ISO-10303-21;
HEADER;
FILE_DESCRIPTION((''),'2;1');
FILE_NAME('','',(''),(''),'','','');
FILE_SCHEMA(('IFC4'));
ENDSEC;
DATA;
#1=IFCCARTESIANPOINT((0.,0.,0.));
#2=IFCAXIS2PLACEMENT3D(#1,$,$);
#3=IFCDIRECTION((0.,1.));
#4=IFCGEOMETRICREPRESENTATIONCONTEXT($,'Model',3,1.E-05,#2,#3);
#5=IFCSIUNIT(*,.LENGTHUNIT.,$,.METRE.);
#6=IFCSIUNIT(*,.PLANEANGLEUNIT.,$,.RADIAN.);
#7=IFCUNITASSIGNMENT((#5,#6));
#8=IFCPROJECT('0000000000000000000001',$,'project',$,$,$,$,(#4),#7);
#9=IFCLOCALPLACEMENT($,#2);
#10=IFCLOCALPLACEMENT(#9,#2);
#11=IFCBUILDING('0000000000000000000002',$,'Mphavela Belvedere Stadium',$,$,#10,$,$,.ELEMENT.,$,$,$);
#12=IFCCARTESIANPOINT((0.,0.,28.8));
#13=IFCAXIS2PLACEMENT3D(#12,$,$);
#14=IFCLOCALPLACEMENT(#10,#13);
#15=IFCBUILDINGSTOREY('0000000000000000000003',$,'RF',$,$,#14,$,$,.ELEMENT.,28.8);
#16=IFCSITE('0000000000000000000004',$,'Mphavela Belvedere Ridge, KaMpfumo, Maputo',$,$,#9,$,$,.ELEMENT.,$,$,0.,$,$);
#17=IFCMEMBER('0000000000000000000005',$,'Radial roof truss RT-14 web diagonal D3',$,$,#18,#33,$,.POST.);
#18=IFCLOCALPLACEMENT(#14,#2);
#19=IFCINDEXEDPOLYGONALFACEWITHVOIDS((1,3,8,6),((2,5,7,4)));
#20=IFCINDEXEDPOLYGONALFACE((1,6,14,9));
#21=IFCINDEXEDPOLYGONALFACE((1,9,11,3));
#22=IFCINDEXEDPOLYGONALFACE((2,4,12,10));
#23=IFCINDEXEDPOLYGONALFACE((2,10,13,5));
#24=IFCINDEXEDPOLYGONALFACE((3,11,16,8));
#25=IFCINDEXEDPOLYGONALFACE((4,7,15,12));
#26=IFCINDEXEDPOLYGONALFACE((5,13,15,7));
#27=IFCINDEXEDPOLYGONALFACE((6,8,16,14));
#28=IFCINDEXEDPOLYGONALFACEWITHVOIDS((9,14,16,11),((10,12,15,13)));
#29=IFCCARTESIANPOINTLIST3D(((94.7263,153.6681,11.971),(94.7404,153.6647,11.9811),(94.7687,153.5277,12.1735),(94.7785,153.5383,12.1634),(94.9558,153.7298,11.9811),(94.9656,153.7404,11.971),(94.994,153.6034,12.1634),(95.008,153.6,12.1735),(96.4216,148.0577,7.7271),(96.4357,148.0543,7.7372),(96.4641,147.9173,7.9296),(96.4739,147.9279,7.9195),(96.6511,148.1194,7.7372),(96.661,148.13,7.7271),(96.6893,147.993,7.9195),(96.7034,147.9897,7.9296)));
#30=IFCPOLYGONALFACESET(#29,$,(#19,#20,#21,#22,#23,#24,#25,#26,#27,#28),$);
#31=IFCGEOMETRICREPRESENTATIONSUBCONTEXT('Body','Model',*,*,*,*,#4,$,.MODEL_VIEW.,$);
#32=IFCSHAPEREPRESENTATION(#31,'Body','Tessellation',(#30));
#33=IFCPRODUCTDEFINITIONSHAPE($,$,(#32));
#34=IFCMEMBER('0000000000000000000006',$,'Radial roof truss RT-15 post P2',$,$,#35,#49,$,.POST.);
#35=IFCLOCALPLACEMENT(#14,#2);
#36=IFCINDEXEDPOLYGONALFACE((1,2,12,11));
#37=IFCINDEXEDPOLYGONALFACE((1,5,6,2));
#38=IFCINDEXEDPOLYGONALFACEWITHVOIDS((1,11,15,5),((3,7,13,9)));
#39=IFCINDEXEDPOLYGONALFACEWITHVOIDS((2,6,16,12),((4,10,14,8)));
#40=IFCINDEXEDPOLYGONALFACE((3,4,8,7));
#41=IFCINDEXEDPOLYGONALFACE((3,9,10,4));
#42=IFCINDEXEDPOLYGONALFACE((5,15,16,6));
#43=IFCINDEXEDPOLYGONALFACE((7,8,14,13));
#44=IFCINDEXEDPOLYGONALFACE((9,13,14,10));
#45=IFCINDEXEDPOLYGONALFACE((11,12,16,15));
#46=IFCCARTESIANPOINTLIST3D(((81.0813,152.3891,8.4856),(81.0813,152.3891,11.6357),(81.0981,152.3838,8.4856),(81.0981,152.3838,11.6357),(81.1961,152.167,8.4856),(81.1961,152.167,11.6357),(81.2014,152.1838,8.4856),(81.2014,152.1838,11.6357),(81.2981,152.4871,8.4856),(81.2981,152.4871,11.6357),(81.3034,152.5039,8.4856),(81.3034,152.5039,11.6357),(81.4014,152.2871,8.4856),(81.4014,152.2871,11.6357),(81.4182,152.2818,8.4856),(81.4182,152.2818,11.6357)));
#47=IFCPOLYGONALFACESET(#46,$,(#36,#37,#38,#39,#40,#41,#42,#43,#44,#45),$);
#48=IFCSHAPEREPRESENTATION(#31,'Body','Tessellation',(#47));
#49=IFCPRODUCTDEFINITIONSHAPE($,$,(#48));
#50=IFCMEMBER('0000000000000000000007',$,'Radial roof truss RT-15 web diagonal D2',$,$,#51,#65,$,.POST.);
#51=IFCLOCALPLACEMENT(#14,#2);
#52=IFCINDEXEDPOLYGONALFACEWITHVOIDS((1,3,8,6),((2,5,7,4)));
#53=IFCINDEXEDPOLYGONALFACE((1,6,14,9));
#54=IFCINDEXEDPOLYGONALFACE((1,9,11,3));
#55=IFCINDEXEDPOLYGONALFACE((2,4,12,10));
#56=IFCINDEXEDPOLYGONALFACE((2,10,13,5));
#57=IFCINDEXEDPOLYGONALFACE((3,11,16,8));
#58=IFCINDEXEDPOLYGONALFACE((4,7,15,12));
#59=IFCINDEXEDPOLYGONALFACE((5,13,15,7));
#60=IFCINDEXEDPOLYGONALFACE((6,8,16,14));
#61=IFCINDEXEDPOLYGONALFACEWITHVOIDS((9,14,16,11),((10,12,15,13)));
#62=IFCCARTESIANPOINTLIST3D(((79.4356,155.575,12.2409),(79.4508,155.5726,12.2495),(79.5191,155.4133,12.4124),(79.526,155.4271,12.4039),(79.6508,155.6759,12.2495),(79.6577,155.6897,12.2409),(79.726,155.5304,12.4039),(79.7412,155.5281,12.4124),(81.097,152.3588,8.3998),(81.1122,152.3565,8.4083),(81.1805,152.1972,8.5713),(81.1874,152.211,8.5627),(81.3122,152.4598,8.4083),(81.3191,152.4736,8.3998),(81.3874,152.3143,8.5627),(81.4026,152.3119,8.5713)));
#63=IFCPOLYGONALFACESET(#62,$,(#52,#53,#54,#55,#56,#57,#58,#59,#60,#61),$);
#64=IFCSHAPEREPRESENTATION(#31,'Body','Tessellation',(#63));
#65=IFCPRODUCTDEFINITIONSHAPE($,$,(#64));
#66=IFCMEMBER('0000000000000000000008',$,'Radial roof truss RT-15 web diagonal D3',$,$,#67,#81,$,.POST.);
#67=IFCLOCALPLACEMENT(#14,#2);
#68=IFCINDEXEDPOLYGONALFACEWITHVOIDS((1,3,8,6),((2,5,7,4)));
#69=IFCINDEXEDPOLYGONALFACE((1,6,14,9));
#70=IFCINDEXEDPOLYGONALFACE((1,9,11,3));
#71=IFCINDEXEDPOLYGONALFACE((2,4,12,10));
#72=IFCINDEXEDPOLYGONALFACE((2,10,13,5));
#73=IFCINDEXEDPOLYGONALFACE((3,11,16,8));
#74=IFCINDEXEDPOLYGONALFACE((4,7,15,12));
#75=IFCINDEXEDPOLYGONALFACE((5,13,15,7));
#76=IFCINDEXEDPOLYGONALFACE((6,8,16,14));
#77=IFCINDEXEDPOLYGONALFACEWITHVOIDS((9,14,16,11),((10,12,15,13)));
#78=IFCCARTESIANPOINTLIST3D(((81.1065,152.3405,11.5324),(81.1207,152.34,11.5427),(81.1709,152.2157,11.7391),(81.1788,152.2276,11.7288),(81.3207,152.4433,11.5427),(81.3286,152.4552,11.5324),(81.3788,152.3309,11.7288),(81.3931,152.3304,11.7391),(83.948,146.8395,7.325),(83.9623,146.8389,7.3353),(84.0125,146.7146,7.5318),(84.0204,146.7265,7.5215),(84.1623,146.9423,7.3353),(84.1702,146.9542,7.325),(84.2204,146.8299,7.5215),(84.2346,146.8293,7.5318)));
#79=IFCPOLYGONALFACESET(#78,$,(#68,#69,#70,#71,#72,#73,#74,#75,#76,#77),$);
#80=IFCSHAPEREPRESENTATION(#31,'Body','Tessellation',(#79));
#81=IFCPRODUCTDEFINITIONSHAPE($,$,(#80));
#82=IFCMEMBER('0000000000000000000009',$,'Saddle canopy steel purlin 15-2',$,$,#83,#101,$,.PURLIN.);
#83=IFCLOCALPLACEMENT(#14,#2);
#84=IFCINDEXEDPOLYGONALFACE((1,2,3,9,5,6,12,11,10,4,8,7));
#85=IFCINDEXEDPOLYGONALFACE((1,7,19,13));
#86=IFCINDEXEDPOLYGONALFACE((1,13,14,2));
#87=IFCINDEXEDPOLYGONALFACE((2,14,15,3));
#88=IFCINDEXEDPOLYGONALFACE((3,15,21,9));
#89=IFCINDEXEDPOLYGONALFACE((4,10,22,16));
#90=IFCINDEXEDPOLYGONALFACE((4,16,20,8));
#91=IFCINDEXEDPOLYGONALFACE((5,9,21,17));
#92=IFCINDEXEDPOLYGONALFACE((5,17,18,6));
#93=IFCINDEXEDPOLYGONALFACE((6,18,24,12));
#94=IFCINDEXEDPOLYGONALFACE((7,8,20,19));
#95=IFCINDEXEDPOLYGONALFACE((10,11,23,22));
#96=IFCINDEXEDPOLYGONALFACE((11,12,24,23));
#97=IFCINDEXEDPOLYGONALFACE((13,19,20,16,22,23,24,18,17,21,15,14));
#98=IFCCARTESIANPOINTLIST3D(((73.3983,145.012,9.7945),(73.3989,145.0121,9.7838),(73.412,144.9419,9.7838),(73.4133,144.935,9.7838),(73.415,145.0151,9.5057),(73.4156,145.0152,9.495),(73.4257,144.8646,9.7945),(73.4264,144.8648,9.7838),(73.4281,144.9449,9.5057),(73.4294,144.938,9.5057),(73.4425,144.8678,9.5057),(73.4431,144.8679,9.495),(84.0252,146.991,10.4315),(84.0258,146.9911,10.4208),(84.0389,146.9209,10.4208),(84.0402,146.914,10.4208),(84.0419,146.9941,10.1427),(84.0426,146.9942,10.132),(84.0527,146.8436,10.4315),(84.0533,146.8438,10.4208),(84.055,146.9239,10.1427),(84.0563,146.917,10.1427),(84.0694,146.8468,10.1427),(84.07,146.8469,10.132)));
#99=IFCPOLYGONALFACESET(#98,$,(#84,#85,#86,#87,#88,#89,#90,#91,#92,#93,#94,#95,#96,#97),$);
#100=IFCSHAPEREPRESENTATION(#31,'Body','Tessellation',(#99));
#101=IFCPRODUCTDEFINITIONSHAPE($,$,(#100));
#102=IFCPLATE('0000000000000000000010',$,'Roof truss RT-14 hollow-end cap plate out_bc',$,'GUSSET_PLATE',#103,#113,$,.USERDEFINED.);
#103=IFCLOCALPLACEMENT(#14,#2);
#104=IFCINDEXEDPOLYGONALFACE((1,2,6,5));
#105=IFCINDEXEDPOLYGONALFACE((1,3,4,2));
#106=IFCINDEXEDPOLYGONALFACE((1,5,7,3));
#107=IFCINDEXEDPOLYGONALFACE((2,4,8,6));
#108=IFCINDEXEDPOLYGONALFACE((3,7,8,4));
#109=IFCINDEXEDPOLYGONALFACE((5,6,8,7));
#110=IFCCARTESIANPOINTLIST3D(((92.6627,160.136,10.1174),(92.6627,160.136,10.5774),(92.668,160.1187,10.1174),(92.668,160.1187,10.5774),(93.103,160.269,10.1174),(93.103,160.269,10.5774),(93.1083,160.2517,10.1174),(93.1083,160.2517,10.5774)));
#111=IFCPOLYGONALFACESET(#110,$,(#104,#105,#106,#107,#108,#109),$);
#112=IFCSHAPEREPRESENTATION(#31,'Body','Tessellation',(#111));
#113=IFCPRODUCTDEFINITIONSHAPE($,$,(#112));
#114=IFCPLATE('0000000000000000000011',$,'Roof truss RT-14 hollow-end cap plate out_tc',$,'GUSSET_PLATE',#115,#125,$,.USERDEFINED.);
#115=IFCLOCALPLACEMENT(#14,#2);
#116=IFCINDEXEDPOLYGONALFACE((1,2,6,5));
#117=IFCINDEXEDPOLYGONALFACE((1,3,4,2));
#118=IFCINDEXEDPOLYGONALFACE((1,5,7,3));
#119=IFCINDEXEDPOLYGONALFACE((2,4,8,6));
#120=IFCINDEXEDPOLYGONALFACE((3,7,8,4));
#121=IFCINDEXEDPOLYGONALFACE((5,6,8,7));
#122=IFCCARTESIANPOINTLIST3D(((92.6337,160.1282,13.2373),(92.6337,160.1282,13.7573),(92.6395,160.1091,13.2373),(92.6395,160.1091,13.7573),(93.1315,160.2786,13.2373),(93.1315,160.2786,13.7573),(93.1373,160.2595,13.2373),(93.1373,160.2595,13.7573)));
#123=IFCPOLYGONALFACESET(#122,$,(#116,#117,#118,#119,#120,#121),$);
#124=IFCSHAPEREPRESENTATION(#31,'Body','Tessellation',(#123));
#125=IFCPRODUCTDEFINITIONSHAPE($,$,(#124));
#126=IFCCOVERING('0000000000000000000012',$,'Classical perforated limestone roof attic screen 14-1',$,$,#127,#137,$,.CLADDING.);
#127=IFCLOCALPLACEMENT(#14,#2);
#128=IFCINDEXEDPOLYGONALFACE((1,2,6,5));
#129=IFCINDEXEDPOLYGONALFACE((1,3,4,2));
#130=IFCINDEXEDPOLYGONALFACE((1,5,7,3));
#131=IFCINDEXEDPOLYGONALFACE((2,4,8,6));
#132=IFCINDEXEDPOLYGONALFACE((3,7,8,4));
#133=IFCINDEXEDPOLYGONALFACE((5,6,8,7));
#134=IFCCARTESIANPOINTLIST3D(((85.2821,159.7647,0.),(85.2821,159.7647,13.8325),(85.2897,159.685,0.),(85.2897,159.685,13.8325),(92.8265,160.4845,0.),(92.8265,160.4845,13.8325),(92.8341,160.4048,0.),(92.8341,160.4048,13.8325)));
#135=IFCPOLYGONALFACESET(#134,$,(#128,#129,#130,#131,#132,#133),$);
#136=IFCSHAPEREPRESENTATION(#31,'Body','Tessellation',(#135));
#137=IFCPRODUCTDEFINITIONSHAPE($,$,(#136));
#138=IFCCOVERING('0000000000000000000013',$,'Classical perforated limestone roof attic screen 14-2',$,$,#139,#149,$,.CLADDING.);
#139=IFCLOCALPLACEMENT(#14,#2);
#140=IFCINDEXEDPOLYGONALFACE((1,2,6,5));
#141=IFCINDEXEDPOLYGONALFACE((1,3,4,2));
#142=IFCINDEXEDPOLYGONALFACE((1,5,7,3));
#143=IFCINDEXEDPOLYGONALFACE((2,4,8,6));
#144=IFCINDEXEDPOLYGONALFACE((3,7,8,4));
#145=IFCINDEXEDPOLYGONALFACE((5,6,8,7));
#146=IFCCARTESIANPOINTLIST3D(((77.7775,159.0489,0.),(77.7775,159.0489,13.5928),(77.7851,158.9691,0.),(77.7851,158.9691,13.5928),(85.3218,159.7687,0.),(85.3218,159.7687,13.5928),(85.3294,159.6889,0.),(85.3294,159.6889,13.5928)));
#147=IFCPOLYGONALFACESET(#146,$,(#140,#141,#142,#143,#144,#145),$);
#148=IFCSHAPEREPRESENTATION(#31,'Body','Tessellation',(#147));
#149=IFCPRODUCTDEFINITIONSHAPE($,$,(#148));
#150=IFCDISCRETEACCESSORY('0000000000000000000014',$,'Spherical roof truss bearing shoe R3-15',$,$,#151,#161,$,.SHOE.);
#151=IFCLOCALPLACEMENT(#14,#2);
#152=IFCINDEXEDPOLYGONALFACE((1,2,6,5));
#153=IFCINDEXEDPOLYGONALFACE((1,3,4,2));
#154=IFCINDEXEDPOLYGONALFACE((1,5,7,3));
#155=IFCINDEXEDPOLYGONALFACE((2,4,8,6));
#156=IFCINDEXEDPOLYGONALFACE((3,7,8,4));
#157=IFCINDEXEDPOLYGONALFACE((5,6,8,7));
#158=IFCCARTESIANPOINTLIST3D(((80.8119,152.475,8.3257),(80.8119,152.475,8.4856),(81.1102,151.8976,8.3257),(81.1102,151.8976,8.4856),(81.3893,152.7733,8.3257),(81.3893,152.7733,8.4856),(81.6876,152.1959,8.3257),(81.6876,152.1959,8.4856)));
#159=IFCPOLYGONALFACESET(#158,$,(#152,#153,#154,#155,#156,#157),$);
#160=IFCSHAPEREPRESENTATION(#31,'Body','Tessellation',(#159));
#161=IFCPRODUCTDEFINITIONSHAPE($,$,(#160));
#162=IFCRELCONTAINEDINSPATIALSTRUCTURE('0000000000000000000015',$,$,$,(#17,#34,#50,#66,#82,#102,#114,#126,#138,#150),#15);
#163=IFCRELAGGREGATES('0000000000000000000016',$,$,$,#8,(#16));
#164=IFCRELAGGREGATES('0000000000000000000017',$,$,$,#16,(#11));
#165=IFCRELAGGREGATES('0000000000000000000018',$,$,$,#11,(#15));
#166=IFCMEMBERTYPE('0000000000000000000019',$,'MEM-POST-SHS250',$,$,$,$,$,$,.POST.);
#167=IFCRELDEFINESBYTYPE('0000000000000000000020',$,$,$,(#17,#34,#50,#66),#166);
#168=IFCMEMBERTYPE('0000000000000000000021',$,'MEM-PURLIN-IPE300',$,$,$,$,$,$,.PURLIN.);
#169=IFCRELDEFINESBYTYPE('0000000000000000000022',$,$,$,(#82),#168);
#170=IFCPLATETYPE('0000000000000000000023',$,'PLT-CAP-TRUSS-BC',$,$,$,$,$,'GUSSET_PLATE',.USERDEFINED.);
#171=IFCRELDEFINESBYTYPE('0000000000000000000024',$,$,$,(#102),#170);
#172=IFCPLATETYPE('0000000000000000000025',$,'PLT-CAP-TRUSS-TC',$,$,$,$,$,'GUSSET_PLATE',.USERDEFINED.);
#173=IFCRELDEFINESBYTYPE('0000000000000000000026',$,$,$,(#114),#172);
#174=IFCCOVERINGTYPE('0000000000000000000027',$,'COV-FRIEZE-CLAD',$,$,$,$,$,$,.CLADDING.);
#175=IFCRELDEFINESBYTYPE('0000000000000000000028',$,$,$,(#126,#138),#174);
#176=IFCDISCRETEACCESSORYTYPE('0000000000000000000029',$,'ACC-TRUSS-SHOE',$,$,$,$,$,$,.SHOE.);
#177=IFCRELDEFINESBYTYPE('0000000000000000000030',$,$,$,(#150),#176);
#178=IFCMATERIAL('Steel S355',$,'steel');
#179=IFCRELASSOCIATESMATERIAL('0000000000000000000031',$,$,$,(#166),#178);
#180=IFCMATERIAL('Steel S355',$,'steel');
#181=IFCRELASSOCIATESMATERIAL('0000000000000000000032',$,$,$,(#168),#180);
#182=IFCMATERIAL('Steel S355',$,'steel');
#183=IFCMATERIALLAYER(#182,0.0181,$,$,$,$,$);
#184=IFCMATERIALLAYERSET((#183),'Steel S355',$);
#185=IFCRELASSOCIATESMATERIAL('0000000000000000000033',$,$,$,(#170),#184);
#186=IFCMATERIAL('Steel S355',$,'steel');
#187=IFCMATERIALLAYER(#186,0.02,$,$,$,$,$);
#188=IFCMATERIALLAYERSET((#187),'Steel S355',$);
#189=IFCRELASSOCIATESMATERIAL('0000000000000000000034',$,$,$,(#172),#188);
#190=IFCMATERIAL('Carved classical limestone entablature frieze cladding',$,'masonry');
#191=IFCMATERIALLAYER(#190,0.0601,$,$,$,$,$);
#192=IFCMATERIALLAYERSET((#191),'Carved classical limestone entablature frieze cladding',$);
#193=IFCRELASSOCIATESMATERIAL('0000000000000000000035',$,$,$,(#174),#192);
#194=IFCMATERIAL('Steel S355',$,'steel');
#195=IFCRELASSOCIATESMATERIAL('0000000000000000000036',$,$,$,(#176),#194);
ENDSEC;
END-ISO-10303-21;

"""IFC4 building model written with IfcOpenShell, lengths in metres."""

from ifc_helpers import new_model, si_unit, direction, frame, origin, origin_2d, place, context, subcontext, project, spatial, rectangle, hollow_rectangle, i_section, extrude, material, layer, layer_set, material_profile, profile_set, type_object, element, save


model = new_model("IFC4")

# Units and contexts
model_context = context("Model", 3, precision=1e-05, world=origin(), true_north=direction((0.0, 1.0)))
body_context = subcontext(model_context, "Body", "Model", "MODEL_VIEW")
ifc_project = project(units=[si_unit("LENGTHUNIT", "METRE"), si_unit("PLANEANGLEUNIT", "RADIAN")], contexts=[model_context])

# Site, building, storey
site_placement = place(None, origin())
site = spatial("IfcSite", under=ifc_project, at=site_placement, Name="Mphavela Belvedere Ridge, KaMpfumo, Maputo", CompositionType="ELEMENT", RefElevation=0.0)
building_placement = place(site_placement, origin())
building = spatial("IfcBuilding", under=site, at=building_placement, Name="Mphavela Belvedere Stadium", CompositionType="ELEMENT")
storey_placement = place(building_placement, frame((0.0, 0.0, 28.8)))
storey = spatial("IfcBuildingStorey", under=building, at=storey_placement, Name="RF", CompositionType="ELEMENT", Elevation=28.8)

# Members
ifc_material_1 = material(Name="Steel S355", Category="steel")
ifc_material_profile_1 = material_profile(ifc_material_1, hollow_rectangle(XDim=0.25, YDim=0.25, WallThickness=0.0125, at=origin_2d()), Name="SHS 250x250x12.5")
ifc_profile_set_1 = profile_set([ifc_material_profile_1], Name="Steel S355")
member_type_1 = type_object("IfcMemberType", Name="MEM-POST-SHS250", PredefinedType="POST", material=ifc_profile_set_1)
member_1_placement = place(storey_placement, frame((94.8672, 153.634, 12.0723), z_axis=(0.234286, -0.775331, -0.586491), x_axis=(0.957251, 0.289258, 0.0)))
element("IfcMember", 1, at=member_1_placement, inside=storey, type_object=member_type_1, Name="Radial roof truss RT-14 web diagonal D3", PredefinedType="POST", context=body_context, shape_type="SweptSolid", body=[
    extrude(hollow_rectangle(XDim=0.25, YDim=0.25, WallThickness=0.0125, at=origin_2d()), origin(), (0.0, 0.0, 1.0), 7.2361),
])
member_2_placement = place(storey_placement, frame((81.2498, 152.3354, 8.4856), z_axis=(0.0, 0.0, 1.0), x_axis=(-0.45896, 0.888457, 0.0)))
element("IfcMember", 2, at=member_2_placement, inside=storey, type_object=member_type_1, Name="Radial roof truss RT-15 post P2", PredefinedType="POST", context=body_context, shape_type="SweptSolid", body=[
    extrude(hollow_rectangle(XDim=0.25, YDim=0.25, WallThickness=0.0125, at=origin_2d()), origin(), (0.0, 0.0, 1.0), 3.1501),
])
member_3_placement = place(storey_placement, frame((79.5884, 155.5515, 12.3267), z_axis=(0.314775, -0.609337, -0.727753), x_axis=(0.888455, 0.458964, 0.0)))
element("IfcMember", 3, at=member_3_placement, inside=storey, type_object=member_type_1, Name="Radial roof truss RT-15 web diagonal D2", PredefinedType="POST", context=body_context, shape_type="SweptSolid", body=[
    extrude(hollow_rectangle(XDim=0.25, YDim=0.25, WallThickness=0.0125, at=origin_2d()), origin(), (0.0, 0.0, 1.0), 5.2781),
])
member_4_placement = place(storey_placement, frame((81.2498, 152.3354, 11.6357), z_axis=(0.379595, -0.734861, -0.562039), x_axis=(0.888467, 0.458941, 0.0)))
element("IfcMember", 4, at=member_4_placement, inside=storey, type_object=member_type_1, Name="Radial roof truss RT-15 web diagonal D3", PredefinedType="POST", context=body_context, shape_type="SweptSolid", body=[
    extrude(hollow_rectangle(XDim=0.25, YDim=0.25, WallThickness=0.0125, at=origin_2d()), origin(), (0.0, 0.0, 1.0), 7.4858),
])
ifc_material_2 = material(Name="Steel S355", Category="steel")
ifc_material_profile_2 = material_profile(ifc_material_2, i_section(OverallWidth=0.1499, OverallDepth=0.3, WebThickness=0.0071, FlangeThickness=0.0107, at=origin_2d()), Name="IPE 300")
ifc_profile_set_2 = profile_set([ifc_material_profile_2], Name="Steel S355")
member_type_2 = type_object("IfcMemberType", Name="MEM-PURLIN-IPE300", PredefinedType="PURLIN", material=ifc_profile_set_2)
member_5_placement = place(storey_placement, frame((84.0476, 146.9189, 10.2817), z_axis=(-0.981396, -0.18276, -0.058823), x_axis=(0.183077, -0.983098, 0.0)))
element("IfcMember", 5, at=member_5_placement, inside=storey, type_object=member_type_2, Name="Saddle canopy steel purlin 15-2", PredefinedType="PURLIN", context=body_context, shape_type="SweptSolid", body=[
    extrude(i_section(OverallWidth=0.1499, OverallDepth=0.3, WebThickness=0.0071, FlangeThickness=0.0107, at=origin_2d()), origin(), (0.0, 0.0, 1.0), 10.8284),
])

# Plates
ifc_material_3 = material(Name="Steel S355", Category="steel")
ifc_layer_1 = layer(ifc_material_3, 0.0181)
ifc_layer_set_1 = layer_set([ifc_layer_1], Name="Steel S355")
plate_type_1 = type_object("IfcPlateType", Name="PLT-CAP-TRUSS-BC", ElementType="GUSSET_PLATE", PredefinedType="USERDEFINED", material=ifc_layer_set_1)
plate_1_placement = place(storey_placement, frame((92.8855, 160.1938, 10.1174), z_axis=(0.0, 0.0, 1.0), x_axis=(-0.289199, 0.957269, 0.0)))
element("IfcPlate", 6, at=plate_1_placement, inside=storey, type_object=plate_type_1, Name="Roof truss RT-14 hollow-end cap plate out_bc", ObjectType="GUSSET_PLATE", PredefinedType="USERDEFINED", context=body_context, shape_type="SweptSolid", body=[
    extrude(rectangle(XDim=0.0181, YDim=0.46, at=origin_2d()), origin(), (0.0, 0.0, 1.0), 0.46),
])
ifc_material_4 = material(Name="Steel S355", Category="steel")
ifc_layer_2 = layer(ifc_material_4, 0.02)
ifc_layer_set_2 = layer_set([ifc_layer_2], Name="Steel S355")
plate_type_2 = type_object("IfcPlateType", Name="PLT-CAP-TRUSS-TC", ElementType="GUSSET_PLATE", PredefinedType="USERDEFINED", material=ifc_layer_set_2)
plate_2_placement = place(storey_placement, frame((92.8855, 160.1938, 13.2373), z_axis=(0.0, 0.0, 1.0), x_axis=(-0.289199, 0.957269, 0.0)))
element("IfcPlate", 7, at=plate_2_placement, inside=storey, type_object=plate_type_2, Name="Roof truss RT-14 hollow-end cap plate out_tc", ObjectType="GUSSET_PLATE", PredefinedType="USERDEFINED", context=body_context, shape_type="SweptSolid", body=[
    extrude(rectangle(XDim=0.02, YDim=0.52, at=origin_2d()), origin(), (0.0, 0.0, 1.0), 0.52),
])

# Coverings
ifc_material_5 = material(Name="Carved classical limestone entablature frieze cladding", Category="masonry")
ifc_layer_3 = layer(ifc_material_5, 0.0601)
ifc_layer_set_3 = layer_set([ifc_layer_3], Name="Carved classical limestone entablature frieze cladding")
covering_type = type_object("IfcCoveringType", Name="COV-FRIEZE-CLAD", PredefinedType="CLADDING", material=ifc_layer_set_3)
covering_1_placement = place(storey_placement, frame((89.0581, 160.0847, 0.0), z_axis=(0.0, 0.0, 1.0), x_axis=(-0.995479, -0.094977, 0.0)))
element("IfcCovering", 8, at=covering_1_placement, inside=storey, type_object=covering_type, Name="Classical perforated limestone roof attic screen 14-1", PredefinedType="CLADDING", context=body_context, shape_type="SweptSolid", body=[
    extrude(rectangle(XDim=7.5786, YDim=0.0801, at=origin_2d()), origin(), (0.0, 0.0, 1.0), 13.8325),
])
covering_2_placement = place(storey_placement, frame((81.5535, 159.3689, 0.0), z_axis=(0.0, 0.0, 1.0), x_axis=(-0.995479, -0.094977, 0.0)))
element("IfcCovering", 9, at=covering_2_placement, inside=storey, type_object=covering_type, Name="Classical perforated limestone roof attic screen 14-2", PredefinedType="CLADDING", context=body_context, shape_type="SweptSolid", body=[
    extrude(rectangle(XDim=7.5786, YDim=0.0801, at=origin_2d()), origin(), (0.0, 0.0, 1.0), 13.5928),
])

# Discrete accessory
ifc_material_6 = material(Name="Steel S355", Category="steel")
discrete_accessory_type = type_object("IfcDiscreteAccessoryType", Name="ACC-TRUSS-SHOE", PredefinedType="SHOE", material=ifc_material_6)
discrete_accessory_placement = place(storey_placement, frame((81.2498, 152.3354, 8.3257), z_axis=(0.0, 0.0, 1.0), x_axis=(-0.45896, 0.888457, 0.0)))
element("IfcDiscreteAccessory", 10, at=discrete_accessory_placement, inside=storey, type_object=discrete_accessory_type, Name="Spherical roof truss bearing shoe R3-15", PredefinedType="SHOE", context=body_context, shape_type="SweptSolid", body=[
    extrude(rectangle(XDim=0.6499, YDim=0.6499, at=origin_2d()), origin(), (0.0, 0.0, 1.0), 0.1599),
])

save(model, "model.ifc")
